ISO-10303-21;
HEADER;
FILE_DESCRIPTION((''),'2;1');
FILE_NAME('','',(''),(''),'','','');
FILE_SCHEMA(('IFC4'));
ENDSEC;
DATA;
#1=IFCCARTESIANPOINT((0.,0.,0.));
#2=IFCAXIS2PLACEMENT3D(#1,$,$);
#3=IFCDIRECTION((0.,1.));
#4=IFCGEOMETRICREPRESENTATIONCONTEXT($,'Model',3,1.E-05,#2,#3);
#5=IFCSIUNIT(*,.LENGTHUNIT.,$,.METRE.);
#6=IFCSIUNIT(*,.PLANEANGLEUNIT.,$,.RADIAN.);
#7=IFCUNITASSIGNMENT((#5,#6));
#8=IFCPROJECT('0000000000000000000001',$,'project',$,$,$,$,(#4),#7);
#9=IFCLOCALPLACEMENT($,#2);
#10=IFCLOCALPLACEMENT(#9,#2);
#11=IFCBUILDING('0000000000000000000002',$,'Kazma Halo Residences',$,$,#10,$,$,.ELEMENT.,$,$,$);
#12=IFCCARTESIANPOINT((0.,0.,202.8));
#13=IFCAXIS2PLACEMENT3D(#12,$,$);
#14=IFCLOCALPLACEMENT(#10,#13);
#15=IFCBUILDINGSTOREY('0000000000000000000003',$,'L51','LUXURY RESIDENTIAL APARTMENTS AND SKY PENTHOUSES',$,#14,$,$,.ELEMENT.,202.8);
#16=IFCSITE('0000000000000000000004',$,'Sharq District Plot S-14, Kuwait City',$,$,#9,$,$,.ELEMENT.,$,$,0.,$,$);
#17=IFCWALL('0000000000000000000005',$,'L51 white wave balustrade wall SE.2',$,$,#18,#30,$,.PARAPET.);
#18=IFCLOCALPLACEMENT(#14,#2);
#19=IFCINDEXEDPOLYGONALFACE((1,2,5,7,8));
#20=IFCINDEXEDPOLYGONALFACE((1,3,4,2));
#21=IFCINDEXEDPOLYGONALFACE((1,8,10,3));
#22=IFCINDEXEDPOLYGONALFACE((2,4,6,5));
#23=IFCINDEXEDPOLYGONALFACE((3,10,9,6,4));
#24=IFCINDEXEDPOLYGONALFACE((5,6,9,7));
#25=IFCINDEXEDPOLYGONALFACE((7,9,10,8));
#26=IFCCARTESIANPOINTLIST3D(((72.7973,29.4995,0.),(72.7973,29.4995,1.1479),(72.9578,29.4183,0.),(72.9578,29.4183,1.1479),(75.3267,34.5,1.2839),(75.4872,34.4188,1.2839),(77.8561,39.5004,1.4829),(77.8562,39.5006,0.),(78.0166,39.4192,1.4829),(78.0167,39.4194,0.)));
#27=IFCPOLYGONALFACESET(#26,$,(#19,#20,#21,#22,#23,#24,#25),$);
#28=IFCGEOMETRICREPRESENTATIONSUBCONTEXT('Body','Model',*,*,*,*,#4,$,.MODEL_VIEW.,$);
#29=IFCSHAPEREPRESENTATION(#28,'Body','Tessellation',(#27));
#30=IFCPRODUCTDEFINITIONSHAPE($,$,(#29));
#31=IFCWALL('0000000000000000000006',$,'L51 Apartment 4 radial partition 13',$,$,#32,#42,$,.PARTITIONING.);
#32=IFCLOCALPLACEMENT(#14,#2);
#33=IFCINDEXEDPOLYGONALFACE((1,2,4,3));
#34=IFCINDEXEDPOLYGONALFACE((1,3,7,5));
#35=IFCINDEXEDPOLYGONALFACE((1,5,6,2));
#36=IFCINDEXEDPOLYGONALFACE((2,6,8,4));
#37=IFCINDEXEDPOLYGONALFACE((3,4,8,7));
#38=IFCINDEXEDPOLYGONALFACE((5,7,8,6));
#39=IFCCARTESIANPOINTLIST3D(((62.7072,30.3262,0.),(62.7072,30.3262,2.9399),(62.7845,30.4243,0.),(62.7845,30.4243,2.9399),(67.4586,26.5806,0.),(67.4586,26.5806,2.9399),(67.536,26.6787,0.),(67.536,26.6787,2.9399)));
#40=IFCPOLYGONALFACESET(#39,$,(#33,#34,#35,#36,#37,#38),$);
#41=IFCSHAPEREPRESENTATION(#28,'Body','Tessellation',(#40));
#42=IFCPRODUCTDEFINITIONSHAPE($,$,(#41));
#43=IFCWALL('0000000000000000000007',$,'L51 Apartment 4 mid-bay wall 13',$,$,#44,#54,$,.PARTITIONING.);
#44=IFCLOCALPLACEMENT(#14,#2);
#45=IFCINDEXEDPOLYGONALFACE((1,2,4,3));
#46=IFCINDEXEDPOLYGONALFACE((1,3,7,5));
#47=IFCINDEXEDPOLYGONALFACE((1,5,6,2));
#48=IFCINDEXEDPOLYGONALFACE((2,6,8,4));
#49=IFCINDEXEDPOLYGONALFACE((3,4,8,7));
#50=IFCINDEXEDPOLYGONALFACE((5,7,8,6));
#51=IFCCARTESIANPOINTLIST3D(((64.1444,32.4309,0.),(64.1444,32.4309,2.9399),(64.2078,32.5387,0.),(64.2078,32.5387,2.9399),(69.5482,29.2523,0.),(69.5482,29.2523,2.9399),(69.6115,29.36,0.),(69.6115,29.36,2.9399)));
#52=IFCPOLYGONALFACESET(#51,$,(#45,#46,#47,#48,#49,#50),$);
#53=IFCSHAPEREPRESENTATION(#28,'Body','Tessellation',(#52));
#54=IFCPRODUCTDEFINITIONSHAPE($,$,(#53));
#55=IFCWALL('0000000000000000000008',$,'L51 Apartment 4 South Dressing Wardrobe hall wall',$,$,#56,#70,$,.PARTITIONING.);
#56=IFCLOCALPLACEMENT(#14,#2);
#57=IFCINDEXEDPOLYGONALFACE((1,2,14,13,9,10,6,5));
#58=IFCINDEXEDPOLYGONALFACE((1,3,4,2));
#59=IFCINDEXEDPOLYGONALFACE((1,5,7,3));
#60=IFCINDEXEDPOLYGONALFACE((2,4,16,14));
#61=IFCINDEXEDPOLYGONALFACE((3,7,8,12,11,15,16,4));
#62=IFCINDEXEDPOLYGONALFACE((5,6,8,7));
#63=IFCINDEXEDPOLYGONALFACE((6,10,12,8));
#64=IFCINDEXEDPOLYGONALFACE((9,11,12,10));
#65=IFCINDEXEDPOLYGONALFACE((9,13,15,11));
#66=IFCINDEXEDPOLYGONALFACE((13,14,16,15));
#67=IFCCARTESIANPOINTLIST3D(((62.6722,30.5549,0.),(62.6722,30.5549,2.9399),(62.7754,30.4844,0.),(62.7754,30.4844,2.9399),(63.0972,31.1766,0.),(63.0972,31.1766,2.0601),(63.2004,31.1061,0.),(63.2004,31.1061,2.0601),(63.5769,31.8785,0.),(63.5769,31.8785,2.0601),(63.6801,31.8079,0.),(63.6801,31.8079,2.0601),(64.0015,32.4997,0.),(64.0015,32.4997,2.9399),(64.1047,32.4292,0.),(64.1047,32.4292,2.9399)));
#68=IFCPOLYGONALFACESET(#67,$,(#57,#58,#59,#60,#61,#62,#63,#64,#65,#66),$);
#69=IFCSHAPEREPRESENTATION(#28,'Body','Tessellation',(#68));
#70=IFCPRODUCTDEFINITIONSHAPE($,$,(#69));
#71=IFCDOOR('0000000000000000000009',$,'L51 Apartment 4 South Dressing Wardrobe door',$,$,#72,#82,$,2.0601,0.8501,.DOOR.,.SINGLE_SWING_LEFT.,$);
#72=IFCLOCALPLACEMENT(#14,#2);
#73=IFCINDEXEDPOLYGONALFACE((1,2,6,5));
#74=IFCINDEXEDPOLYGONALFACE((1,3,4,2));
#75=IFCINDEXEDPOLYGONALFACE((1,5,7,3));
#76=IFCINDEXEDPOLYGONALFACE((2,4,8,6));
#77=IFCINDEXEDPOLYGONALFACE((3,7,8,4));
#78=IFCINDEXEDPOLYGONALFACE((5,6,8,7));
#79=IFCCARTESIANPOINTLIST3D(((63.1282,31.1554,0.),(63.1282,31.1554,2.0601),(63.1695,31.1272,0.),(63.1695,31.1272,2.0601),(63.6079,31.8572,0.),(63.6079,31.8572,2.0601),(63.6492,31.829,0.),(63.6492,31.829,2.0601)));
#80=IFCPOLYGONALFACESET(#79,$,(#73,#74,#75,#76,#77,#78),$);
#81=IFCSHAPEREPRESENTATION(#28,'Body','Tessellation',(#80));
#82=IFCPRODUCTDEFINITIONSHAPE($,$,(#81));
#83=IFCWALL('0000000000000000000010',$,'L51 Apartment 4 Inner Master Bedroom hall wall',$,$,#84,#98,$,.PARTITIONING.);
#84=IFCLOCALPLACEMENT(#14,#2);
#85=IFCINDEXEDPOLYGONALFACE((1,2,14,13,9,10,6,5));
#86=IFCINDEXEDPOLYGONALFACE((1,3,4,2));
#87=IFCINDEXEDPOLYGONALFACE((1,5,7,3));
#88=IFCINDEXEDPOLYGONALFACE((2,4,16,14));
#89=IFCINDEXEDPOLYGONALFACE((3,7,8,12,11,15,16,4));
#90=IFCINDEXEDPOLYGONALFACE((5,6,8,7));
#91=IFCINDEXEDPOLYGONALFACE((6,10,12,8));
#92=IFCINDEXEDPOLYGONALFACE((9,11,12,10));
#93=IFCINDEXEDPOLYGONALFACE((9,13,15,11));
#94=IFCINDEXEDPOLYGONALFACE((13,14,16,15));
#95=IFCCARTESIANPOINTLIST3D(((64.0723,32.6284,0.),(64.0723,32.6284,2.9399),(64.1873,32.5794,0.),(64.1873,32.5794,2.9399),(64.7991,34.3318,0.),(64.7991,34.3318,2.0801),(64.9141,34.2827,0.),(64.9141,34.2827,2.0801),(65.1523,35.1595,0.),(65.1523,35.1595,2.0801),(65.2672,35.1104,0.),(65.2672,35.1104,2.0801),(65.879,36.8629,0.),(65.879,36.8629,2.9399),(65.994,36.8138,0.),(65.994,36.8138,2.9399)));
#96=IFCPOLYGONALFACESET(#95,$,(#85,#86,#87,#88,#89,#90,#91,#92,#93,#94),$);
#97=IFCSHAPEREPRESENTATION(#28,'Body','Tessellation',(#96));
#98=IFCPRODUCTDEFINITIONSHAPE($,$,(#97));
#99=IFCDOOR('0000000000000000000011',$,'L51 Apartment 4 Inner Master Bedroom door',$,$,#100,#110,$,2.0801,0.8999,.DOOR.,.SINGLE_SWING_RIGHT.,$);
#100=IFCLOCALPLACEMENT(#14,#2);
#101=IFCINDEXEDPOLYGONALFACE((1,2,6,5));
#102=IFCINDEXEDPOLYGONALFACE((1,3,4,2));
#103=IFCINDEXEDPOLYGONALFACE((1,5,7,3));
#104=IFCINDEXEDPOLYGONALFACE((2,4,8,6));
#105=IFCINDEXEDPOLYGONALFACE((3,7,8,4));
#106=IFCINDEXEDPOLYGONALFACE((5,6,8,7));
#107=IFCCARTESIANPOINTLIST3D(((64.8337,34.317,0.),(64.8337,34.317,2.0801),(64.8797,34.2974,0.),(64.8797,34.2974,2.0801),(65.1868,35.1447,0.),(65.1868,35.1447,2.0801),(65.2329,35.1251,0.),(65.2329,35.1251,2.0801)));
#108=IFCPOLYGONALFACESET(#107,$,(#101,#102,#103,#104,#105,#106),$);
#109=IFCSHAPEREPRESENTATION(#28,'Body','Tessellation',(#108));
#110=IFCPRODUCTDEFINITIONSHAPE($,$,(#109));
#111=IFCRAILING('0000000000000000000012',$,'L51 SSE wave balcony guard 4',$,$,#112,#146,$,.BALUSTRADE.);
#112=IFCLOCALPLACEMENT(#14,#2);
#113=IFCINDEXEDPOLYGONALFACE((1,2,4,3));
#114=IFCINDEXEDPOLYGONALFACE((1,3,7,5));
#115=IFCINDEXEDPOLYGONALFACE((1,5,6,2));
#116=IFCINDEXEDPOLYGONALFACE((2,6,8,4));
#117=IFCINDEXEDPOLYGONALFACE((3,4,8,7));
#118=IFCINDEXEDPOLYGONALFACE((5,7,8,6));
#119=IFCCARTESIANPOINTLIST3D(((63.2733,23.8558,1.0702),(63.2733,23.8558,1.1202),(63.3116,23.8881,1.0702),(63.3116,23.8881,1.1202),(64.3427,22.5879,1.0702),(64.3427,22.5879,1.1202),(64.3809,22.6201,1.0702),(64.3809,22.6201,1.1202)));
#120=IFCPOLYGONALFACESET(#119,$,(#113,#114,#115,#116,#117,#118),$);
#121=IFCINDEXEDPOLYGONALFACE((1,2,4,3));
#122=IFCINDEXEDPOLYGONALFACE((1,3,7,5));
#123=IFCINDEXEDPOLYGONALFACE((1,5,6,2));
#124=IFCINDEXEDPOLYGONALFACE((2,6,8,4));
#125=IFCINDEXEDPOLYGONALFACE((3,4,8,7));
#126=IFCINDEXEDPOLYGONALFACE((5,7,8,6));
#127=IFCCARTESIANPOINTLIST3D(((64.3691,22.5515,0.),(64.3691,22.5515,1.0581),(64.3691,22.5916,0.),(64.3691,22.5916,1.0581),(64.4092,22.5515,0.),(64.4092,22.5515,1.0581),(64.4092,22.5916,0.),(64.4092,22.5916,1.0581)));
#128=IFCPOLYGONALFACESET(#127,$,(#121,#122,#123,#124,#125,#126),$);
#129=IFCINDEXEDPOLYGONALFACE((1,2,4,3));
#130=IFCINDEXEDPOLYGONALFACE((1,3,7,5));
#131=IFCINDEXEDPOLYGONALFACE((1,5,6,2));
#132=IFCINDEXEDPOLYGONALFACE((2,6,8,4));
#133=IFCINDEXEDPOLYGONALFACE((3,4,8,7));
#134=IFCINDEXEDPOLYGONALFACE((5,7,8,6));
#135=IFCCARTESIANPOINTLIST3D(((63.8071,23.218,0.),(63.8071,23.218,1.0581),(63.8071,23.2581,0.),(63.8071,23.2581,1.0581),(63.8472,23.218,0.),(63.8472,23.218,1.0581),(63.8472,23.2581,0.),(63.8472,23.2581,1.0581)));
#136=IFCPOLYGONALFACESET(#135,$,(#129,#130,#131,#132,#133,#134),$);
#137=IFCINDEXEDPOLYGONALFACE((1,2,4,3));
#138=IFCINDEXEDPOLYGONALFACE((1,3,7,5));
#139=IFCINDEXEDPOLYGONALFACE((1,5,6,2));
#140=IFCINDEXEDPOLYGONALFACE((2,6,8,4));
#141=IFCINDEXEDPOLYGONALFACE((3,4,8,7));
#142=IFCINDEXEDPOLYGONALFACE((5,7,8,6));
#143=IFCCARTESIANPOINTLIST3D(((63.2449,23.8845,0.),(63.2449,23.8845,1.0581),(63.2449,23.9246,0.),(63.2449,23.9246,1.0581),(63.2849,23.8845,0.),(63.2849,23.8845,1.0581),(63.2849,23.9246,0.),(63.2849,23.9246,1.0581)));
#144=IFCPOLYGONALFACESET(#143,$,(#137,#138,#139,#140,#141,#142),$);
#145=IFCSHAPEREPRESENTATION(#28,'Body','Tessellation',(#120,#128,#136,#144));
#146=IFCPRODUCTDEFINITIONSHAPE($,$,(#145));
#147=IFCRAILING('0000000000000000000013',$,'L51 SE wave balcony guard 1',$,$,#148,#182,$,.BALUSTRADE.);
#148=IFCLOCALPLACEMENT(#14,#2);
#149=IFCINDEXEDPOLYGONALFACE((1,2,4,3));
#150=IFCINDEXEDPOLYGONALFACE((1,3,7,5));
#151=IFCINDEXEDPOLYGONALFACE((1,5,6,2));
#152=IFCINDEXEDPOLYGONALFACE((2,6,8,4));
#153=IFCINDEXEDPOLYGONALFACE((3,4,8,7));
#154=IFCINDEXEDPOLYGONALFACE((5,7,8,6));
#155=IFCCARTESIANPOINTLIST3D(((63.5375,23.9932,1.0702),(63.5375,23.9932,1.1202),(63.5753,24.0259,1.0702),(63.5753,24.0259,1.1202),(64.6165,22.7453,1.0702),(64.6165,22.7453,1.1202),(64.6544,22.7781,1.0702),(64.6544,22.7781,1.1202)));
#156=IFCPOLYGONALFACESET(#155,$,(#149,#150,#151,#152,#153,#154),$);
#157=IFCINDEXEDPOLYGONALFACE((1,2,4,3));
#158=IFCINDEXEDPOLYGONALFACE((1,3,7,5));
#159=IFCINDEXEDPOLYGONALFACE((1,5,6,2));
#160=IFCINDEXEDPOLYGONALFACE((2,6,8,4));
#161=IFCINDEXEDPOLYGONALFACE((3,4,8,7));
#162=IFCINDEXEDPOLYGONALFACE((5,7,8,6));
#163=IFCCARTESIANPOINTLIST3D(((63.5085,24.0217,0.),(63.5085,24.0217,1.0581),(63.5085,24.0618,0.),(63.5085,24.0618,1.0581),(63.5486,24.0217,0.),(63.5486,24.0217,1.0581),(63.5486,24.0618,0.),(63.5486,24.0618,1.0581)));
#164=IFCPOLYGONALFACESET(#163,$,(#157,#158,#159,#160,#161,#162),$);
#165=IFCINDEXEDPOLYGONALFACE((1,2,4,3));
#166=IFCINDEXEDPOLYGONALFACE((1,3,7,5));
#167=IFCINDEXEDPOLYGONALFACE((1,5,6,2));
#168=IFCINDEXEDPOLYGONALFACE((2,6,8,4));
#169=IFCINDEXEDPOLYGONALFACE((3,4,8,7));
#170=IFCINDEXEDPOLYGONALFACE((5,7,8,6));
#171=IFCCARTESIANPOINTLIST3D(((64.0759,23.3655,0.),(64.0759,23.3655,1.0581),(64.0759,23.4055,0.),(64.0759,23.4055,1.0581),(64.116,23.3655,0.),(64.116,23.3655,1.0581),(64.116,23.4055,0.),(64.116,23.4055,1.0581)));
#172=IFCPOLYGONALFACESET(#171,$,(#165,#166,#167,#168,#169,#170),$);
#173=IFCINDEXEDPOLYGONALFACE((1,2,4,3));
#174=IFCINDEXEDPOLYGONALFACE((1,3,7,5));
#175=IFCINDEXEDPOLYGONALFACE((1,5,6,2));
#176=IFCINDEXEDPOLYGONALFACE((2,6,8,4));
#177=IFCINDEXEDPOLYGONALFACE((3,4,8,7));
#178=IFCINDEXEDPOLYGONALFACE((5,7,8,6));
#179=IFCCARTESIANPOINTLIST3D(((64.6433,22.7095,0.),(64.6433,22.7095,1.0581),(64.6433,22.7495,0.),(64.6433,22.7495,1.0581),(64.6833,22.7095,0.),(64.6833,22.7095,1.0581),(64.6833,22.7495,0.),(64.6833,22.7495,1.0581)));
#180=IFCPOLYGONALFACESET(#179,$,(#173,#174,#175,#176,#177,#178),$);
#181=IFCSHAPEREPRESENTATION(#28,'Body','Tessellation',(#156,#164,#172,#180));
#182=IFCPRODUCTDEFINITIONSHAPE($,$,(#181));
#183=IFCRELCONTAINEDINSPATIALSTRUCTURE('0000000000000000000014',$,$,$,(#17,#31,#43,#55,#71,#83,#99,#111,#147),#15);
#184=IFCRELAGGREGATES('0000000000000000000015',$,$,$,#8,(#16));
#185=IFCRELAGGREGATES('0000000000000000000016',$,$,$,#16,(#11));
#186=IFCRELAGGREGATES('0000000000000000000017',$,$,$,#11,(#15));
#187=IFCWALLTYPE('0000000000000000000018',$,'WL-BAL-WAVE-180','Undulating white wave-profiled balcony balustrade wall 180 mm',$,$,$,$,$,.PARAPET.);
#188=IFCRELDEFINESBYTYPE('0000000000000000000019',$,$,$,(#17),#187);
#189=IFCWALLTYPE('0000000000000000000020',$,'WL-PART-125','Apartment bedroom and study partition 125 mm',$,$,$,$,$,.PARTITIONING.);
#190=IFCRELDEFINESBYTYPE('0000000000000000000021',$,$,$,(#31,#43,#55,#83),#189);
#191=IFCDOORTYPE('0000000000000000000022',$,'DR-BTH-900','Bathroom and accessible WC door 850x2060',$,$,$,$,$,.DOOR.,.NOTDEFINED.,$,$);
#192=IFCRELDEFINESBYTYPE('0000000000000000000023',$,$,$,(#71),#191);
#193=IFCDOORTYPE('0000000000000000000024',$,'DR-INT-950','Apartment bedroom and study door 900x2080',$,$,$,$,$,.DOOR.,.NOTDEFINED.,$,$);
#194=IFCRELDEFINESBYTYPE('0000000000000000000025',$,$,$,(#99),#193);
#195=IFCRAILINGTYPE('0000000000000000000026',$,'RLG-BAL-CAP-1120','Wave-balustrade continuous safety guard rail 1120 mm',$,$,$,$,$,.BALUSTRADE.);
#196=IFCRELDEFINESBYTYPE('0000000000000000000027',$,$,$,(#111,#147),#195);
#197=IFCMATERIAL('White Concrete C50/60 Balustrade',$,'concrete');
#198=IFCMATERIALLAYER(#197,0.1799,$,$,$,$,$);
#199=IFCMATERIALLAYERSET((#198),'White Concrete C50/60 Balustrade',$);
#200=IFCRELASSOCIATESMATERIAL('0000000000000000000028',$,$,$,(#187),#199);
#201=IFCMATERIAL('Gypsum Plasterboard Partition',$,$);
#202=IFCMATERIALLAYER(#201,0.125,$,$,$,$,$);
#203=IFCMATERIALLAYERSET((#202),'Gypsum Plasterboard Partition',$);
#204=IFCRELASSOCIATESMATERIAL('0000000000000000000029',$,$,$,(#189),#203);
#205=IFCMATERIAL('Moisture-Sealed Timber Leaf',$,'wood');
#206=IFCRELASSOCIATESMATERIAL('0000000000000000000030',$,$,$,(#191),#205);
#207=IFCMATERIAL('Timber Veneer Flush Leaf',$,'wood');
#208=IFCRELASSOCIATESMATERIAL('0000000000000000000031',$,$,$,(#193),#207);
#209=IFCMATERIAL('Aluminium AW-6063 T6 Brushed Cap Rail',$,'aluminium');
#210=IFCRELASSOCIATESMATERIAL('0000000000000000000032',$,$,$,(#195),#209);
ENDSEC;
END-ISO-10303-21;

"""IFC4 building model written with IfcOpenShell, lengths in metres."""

from ifc_helpers import new_model, si_unit, direction, frame, frame_2d, origin, origin_2d, place, context, subcontext, project, spatial, polyline, rectangle, outline, extrude, material, layer, layer_set, type_object, element, fill, save


model = new_model("IFC4")

# Units and contexts
model_context = context("Model", 3, precision=1e-05, world=origin(), true_north=direction((0.0, 1.0)))
body_context = subcontext(model_context, "Body", "Model", "MODEL_VIEW")
ifc_project = project(units=[si_unit("LENGTHUNIT", "METRE"), si_unit("PLANEANGLEUNIT", "RADIAN")], contexts=[model_context])

# Site, building, storey
site_placement = place(None, origin())
site = spatial("IfcSite", under=ifc_project, at=site_placement, Name="Sharq District Plot S-14, Kuwait City", CompositionType="ELEMENT", RefElevation=0.0)
building_placement = place(site_placement, origin())
building = spatial("IfcBuilding", under=site, at=building_placement, Name="Kazma Halo Residences", CompositionType="ELEMENT")
storey_placement = place(building_placement, frame((0.0, 0.0, 202.8)))
storey = spatial("IfcBuildingStorey", under=building, at=storey_placement, Name="L51", Description="LUXURY RESIDENTIAL APARTMENTS AND SKY PENTHOUSES", CompositionType="ELEMENT", Elevation=202.8)

# Wall
ifc_material_1 = material(Name="White Concrete C50/60 Balustrade", Category="concrete")
ifc_layer_1 = layer(ifc_material_1, 0.1799)
ifc_layer_set_1 = layer_set([ifc_layer_1], Name="White Concrete C50/60 Balustrade")
wall_type_1 = type_object("IfcWallType", Name="WL-BAL-WAVE-180", Description="Undulating white wave-profiled balcony balustrade wall 180 mm", PredefinedType="PARAPET", material=ifc_layer_set_1)
wall_1_placement = place(storey_placement, frame((72.8774, 29.459, 0.0), z_axis=(0.0, 0.0, 1.0), x_axis=(0.451374, 0.892335, 0.0)))
element("IfcWall", 1, at=wall_1_placement, inside=storey, type_object=wall_type_1, Name="L51 white wave balustrade wall SE.2", PredefinedType="PARAPET", context=body_context, shape_type="SweptSolid", body=[
    extrude(outline(polyline([(0.0, 0.0), (11.2078, 0.0), (11.2075, 1.4829), (5.6038, 1.2839), (0.0, 1.1479), (0.0, 0.0)])), frame((0.0, 0.0898, 0.0), z_axis=(0.0, -1.0, 0.0), x_axis=(1.0, 0.0, 0.0)), (0.0, 0.0, 1.0), 0.1799),
])

# Walls
ifc_material_2 = material(Name="Gypsum Plasterboard Partition")
ifc_layer_2 = layer(ifc_material_2, 0.125)
ifc_layer_set_2 = layer_set([ifc_layer_2], Name="Gypsum Plasterboard Partition")
wall_type_2 = type_object("IfcWallType", Name="WL-PART-125", Description="Apartment bedroom and study partition 125 mm", PredefinedType="PARTITIONING", material=ifc_layer_set_2)
wall_2_placement = place(storey_placement, frame((62.7458, 30.3752, 0.0), z_axis=(0.0, 0.0, 1.0), x_axis=(0.785329, -0.619079, 0.0)))
element("IfcWall", 2, at=wall_2_placement, inside=storey, type_object=wall_type_2, Name="L51 Apartment 4 radial partition 13", PredefinedType="PARTITIONING", context=body_context, shape_type="SweptSolid", body=[
    extrude(rectangle(XDim=6.0503, YDim=0.125, at=frame_2d((3.0251, 0.0))), origin(), (0.0, 0.0, 1.0), 2.9399),
])
wall_3_placement = place(storey_placement, frame((64.176, 32.4849, 0.0), z_axis=(0.0, 0.0, 1.0), x_axis=(0.861934, -0.50702, 0.0)))
element("IfcWall", 3, at=wall_3_placement, inside=storey, type_object=wall_type_2, Name="L51 Apartment 4 mid-bay wall 13", PredefinedType="PARTITIONING", context=body_context, shape_type="SweptSolid", body=[
    extrude(rectangle(XDim=6.2693, YDim=0.125, at=frame_2d((3.1348, 0.0))), origin(), (0.0, 0.0, 1.0), 2.9399),
])

# Walls, openings, doors
wall_4_placement = place(storey_placement, frame((62.7239, 30.5198, 0.0), z_axis=(0.0, 0.0, 1.0), x_axis=(0.564301, 0.825569, 0.0)))
wall_4 = element("IfcWall", 4, at=wall_4_placement, inside=storey, type_object=wall_type_2, Name="L51 Apartment 4 South Dressing Wardrobe hall wall", PredefinedType="PARTITIONING", context=body_context, shape_type="SweptSolid", body=[
    extrude(rectangle(XDim=2.3557, YDim=0.125, at=frame_2d((1.1777, 0.0))), origin(), (0.0, 0.0, 1.0), 2.9399),
])
opening_1_placement = place(wall_4_placement, frame((0.7529, 0.0, 0.0)))
opening_1 = element("IfcOpeningElement", 5, at=opening_1_placement, cuts=wall_4, PredefinedType="OPENING", context=body_context, shape_type="SweptSolid", body=[
    extrude(rectangle(XDim=0.8501, YDim=2.0601, at=frame_2d((0.425, 1.03))), frame((0.0, 0.0725, 0.0), z_axis=(0.0, -1.0, 0.0), x_axis=(1.0, 0.0, 0.0)), (0.0, 0.0, 1.0), 0.145),
])
ifc_material_3 = material(Name="Moisture-Sealed Timber Leaf", Category="wood")
door_type_1 = type_object("IfcDoorType", Name="DR-BTH-900", Description="Bathroom and accessible WC door 850x2060", OperationType="NOTDEFINED", PredefinedType="DOOR", material=ifc_material_3)
door_1_placement = place(opening_1_placement, origin())
door_1 = element("IfcDoor", 6, at=door_1_placement, inside=storey, type_object=door_type_1, Name="L51 Apartment 4 South Dressing Wardrobe door", OperationType="SINGLE_SWING_LEFT", OverallHeight=2.0601, OverallWidth=0.8501, PredefinedType="DOOR", context=body_context, shape_type="SweptSolid", body=[
    extrude(rectangle(XDim=0.8501, YDim=2.0601, at=frame_2d((0.425, 1.03))), frame((0.0, 0.0249, 0.0), z_axis=(0.0, -1.0, 0.0), x_axis=(1.0, 0.0, 0.0)), (0.0, 0.0, 1.0), 0.05),
])
fill(opening_1, door_1)
wall_5_placement = place(storey_placement, frame((64.1299, 32.604, 0.0), z_axis=(0.0, 0.0, 1.0), x_axis=(0.392434, 0.91978, 0.0)))
wall_5 = element("IfcWall", 7, at=wall_5_placement, inside=storey, type_object=wall_type_2, Name="L51 Apartment 4 Inner Master Bedroom hall wall", PredefinedType="PARTITIONING", context=body_context, shape_type="SweptSolid", body=[
    extrude(rectangle(XDim=4.6038, YDim=0.125, at=frame_2d((2.3018, 0.0))), origin(), (0.0, 0.0, 1.0), 2.9399),
])
opening_2_placement = place(wall_5_placement, frame((1.8518, 0.0, 0.0)))
opening_2 = element("IfcOpeningElement", 8, at=opening_2_placement, cuts=wall_5, PredefinedType="OPENING", context=body_context, shape_type="SweptSolid", body=[
    extrude(rectangle(XDim=0.8999, YDim=2.0801, at=frame_2d((0.45, 1.04))), frame((0.0, 0.0725, 0.0), z_axis=(0.0, -1.0, 0.0), x_axis=(1.0, 0.0, 0.0)), (0.0, 0.0, 1.0), 0.145),
])
ifc_material_4 = material(Name="Timber Veneer Flush Leaf", Category="wood")
door_type_2 = type_object("IfcDoorType", Name="DR-INT-950", Description="Apartment bedroom and study door 900x2080", OperationType="NOTDEFINED", PredefinedType="DOOR", material=ifc_material_4)
door_2_placement = place(opening_2_placement, origin())
door_2 = element("IfcDoor", 9, at=door_2_placement, inside=storey, type_object=door_type_2, Name="L51 Apartment 4 Inner Master Bedroom door", OperationType="SINGLE_SWING_RIGHT", OverallHeight=2.0801, OverallWidth=0.8999, PredefinedType="DOOR", context=body_context, shape_type="SweptSolid", body=[
    extrude(rectangle(XDim=0.8999, YDim=2.0801, at=frame_2d((0.45, 1.04))), frame((0.0, 0.0249, 0.0), z_axis=(0.0, -1.0, 0.0), x_axis=(1.0, 0.0, 0.0)), (0.0, 0.0, 1.0), 0.05),
])
fill(opening_2, door_2)

# Railings
ifc_material_5 = material(Name="Aluminium AW-6063 T6 Brushed Cap Rail", Category="aluminium")
railing_type = type_object("IfcRailingType", Name="RLG-BAL-CAP-1120", Description="Wave-balustrade continuous safety guard rail 1120 mm", PredefinedType="BALUSTRADE", material=ifc_material_5)
railing_1_placement = place(storey_placement, frame((64.3892, 22.5715, 0.0)))
element("IfcRailing", 10, at=railing_1_placement, inside=storey, type_object=railing_type, Name="L51 SSE wave balcony guard 4", PredefinedType="BALUSTRADE", context=body_context, shape_type="SweptSolid", body=[
    extrude(rectangle(XDim=0.05, YDim=0.05, at=origin_2d()), frame((-0.0273, 0.0325, 1.0952), z_axis=(-0.644718, 0.764421, 0.0), x_axis=(-0.764421, -0.644718, 0.0)), (0.0, 0.0, 1.0), 1.6587),
    extrude(rectangle(XDim=0.04, YDim=0.04, at=origin_2d()), origin(), (0.0, 0.0, 1.0), 1.0581),
    extrude(rectangle(XDim=0.04, YDim=0.04, at=origin_2d()), frame((-0.562, 0.6665, 0.0)), (0.0, 0.0, 1.0), 1.0581),
    extrude(rectangle(XDim=0.04, YDim=0.04, at=origin_2d()), frame((-1.1243, 1.333, 0.0)), (0.0, 0.0, 1.0), 1.0581),
])
railing_2_placement = place(storey_placement, frame((63.5286, 24.0417, 0.0)))
element("IfcRailing", 11, at=railing_2_placement, inside=storey, type_object=railing_type, Name="L51 SE wave balcony guard 1", PredefinedType="BALUSTRADE", context=body_context, shape_type="SweptSolid", body=[
    extrude(rectangle(XDim=0.05, YDim=0.05, at=origin_2d()), frame((0.0278, -0.0322, 1.0952), z_axis=(0.6541, -0.756408, 0.0), x_axis=(0.756408, 0.6541, 0.0)), (0.0, 0.0, 1.0), 1.6497),
    extrude(rectangle(XDim=0.04, YDim=0.04, at=origin_2d()), origin(), (0.0, 0.0, 1.0), 1.0581),
    extrude(rectangle(XDim=0.04, YDim=0.04, at=origin_2d()), frame((0.5674, -0.6562, 0.0)), (0.0, 0.0, 1.0), 1.0581),
    extrude(rectangle(XDim=0.04, YDim=0.04, at=origin_2d()), frame((1.1348, -1.3123, 0.0)), (0.0, 0.0, 1.0), 1.0581),
])

save(model, "model.ifc")
